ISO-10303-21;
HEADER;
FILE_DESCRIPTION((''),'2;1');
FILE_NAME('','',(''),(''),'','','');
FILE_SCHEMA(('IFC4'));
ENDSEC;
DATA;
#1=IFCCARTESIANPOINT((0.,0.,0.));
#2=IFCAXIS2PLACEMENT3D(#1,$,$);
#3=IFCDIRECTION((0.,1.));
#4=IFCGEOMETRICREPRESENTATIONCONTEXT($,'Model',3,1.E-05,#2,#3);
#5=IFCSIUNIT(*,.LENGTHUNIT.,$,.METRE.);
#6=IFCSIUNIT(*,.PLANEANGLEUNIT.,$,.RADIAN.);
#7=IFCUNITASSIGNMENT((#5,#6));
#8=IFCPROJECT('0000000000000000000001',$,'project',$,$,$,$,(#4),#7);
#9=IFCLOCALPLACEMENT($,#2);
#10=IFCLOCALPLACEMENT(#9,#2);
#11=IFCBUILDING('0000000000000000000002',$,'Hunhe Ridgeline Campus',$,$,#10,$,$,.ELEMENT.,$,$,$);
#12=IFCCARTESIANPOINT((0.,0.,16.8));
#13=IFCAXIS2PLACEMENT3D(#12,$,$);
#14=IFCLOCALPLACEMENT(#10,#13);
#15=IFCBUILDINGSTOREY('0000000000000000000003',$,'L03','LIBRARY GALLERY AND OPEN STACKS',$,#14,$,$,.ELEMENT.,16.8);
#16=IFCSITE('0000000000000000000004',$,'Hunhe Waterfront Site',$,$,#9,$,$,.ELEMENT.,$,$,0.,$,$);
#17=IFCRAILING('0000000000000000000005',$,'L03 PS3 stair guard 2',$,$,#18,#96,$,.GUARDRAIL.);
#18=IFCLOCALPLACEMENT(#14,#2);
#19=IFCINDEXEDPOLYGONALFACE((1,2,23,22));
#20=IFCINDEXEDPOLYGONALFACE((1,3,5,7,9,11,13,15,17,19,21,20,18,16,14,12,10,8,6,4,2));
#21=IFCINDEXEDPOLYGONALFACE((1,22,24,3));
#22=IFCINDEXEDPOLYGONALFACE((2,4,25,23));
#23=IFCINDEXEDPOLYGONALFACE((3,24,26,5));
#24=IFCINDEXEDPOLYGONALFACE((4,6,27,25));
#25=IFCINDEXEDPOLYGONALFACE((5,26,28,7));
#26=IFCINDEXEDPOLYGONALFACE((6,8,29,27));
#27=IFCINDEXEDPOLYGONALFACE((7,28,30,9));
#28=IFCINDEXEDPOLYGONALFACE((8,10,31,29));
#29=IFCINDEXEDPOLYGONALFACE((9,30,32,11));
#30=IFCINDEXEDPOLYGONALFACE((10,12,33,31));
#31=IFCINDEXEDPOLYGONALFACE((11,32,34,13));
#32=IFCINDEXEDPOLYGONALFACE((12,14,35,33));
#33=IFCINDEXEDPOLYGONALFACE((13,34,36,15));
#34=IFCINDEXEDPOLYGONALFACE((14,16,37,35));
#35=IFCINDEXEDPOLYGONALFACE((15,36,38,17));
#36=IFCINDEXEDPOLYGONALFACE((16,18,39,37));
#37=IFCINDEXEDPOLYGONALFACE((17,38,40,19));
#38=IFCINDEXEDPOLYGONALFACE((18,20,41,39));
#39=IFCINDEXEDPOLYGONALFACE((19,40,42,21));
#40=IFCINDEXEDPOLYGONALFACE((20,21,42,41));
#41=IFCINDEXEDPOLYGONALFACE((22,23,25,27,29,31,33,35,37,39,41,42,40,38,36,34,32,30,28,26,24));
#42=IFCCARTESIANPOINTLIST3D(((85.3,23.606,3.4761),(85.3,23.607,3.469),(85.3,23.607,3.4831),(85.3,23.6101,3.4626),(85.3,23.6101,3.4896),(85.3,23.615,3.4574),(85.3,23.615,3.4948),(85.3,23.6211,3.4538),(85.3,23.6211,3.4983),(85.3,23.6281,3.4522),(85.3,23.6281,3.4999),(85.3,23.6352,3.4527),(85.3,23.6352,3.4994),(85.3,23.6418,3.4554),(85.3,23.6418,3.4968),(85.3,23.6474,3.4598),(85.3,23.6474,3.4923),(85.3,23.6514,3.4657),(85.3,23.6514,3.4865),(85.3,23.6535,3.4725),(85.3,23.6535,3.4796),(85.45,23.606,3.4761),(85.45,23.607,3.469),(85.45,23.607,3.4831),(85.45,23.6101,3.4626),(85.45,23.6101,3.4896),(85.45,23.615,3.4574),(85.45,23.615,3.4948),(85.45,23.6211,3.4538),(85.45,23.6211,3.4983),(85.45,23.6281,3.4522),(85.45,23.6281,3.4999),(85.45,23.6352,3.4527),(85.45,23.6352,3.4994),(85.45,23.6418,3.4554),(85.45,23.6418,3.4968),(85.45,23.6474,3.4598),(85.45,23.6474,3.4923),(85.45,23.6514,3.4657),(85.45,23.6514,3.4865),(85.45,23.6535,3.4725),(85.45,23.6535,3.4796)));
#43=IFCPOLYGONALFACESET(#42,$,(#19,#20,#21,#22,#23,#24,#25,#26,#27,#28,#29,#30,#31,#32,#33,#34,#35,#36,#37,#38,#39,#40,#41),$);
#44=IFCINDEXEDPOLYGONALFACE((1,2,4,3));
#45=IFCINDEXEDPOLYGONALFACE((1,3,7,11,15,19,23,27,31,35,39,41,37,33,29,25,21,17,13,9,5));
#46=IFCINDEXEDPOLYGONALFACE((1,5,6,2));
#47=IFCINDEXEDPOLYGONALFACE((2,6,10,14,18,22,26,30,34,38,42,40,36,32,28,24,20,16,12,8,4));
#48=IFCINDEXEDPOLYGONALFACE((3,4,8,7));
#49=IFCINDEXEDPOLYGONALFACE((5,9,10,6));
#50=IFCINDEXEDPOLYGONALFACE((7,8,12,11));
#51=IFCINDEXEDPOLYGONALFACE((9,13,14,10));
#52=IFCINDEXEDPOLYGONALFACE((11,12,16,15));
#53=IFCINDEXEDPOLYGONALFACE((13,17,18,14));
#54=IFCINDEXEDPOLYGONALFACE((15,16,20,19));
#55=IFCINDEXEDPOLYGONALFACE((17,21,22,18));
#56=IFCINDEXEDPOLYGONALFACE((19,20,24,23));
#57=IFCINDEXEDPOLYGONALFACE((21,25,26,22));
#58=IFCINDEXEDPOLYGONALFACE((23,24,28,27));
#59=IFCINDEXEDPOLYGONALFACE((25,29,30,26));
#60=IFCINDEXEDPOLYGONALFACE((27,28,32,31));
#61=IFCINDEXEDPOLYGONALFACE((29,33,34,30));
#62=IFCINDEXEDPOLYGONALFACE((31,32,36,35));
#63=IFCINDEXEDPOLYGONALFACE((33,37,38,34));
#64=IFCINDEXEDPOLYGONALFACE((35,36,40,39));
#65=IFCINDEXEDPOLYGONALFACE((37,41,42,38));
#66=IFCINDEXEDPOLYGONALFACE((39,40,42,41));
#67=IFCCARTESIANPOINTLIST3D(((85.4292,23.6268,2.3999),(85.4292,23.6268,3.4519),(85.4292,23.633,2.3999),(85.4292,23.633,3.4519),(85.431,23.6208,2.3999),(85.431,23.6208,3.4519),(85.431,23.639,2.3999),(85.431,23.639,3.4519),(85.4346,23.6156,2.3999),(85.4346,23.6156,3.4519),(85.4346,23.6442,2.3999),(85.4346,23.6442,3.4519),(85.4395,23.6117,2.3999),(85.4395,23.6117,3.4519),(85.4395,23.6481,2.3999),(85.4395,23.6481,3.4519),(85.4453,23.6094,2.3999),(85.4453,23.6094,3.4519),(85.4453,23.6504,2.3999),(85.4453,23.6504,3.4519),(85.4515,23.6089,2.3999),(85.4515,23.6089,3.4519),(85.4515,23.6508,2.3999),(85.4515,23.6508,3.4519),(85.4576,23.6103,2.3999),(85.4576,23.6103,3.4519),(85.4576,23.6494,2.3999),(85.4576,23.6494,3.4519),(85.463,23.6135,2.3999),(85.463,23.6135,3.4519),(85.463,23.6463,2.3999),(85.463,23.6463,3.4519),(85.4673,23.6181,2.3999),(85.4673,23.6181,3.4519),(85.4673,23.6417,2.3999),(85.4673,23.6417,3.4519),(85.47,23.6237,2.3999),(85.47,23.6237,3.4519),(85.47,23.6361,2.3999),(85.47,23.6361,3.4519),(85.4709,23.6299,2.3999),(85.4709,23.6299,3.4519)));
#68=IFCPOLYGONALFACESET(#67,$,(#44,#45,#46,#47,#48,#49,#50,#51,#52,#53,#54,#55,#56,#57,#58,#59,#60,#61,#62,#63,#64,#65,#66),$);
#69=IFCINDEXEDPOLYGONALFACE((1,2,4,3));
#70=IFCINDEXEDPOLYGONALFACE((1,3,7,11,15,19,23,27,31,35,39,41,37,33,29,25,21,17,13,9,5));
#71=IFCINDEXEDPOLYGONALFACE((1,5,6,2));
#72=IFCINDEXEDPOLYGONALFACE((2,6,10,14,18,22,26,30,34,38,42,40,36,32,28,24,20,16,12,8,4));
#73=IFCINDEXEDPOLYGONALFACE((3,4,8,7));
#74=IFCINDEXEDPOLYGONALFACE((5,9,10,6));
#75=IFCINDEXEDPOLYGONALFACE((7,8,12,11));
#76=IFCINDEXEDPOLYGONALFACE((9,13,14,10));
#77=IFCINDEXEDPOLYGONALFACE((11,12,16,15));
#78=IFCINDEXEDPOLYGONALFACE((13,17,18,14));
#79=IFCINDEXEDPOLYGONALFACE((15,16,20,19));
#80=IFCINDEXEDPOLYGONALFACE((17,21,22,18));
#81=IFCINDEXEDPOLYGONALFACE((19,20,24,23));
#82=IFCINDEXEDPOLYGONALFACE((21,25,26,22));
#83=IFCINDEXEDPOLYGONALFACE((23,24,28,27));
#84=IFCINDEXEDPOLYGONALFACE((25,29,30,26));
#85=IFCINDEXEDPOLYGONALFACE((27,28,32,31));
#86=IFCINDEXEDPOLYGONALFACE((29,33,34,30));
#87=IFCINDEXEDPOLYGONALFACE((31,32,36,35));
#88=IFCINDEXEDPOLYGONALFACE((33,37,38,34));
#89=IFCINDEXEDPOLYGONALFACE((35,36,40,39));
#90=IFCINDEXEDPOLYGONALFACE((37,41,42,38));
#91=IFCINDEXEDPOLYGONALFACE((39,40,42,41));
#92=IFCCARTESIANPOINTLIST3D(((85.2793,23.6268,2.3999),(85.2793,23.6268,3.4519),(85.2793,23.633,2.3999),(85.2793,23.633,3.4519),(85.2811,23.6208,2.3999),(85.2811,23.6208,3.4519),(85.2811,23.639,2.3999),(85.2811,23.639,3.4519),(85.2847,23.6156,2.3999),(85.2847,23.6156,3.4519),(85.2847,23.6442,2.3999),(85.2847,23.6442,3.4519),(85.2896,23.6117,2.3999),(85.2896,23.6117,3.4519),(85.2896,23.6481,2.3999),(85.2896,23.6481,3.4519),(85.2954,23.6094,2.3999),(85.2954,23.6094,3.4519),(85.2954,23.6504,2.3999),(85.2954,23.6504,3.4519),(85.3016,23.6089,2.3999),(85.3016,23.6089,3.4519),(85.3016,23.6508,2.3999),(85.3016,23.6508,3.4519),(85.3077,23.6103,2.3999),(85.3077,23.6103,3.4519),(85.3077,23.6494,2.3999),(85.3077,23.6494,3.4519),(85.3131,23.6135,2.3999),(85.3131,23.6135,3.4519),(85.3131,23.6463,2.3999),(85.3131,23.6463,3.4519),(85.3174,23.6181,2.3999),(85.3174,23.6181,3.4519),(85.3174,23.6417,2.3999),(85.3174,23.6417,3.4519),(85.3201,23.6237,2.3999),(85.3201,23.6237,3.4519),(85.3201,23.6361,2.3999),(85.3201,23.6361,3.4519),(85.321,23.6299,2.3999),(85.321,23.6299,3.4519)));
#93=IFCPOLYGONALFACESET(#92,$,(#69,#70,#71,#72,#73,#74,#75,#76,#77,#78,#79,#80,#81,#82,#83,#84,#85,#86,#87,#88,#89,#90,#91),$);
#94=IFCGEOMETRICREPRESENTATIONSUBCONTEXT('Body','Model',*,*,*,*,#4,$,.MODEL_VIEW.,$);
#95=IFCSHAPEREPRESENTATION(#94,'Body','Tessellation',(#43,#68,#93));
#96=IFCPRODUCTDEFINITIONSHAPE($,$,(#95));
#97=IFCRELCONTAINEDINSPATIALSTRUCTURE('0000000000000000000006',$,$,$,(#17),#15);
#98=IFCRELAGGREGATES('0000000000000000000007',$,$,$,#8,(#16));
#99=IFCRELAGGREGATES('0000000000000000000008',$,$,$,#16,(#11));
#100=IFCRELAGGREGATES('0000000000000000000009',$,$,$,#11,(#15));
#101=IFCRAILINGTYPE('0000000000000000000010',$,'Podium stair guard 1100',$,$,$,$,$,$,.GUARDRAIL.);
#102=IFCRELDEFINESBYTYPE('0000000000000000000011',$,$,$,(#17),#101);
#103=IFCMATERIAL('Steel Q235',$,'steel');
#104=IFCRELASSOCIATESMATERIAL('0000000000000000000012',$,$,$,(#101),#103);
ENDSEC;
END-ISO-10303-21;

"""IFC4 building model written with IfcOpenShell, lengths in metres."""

from ifc_helpers import new_model, si_unit, direction, frame, origin, origin_2d, place, context, subcontext, project, spatial, circle, extrude, material, type_object, element, save


model = new_model("IFC4")

# Units and contexts
model_context = context("Model", 3, precision=1e-05, world=origin(), true_north=direction((0.0, 1.0)))
body_context = subcontext(model_context, "Body", "Model", "MODEL_VIEW")
ifc_project = project(units=[si_unit("LENGTHUNIT", "METRE"), si_unit("PLANEANGLEUNIT", "RADIAN")], contexts=[model_context])

# Site, building, storey
site_placement = place(None, origin())
site = spatial("IfcSite", under=ifc_project, at=site_placement, Name="Hunhe Waterfront Site", CompositionType="ELEMENT", RefElevation=0.0)
building_placement = place(site_placement, origin())
building = spatial("IfcBuilding", under=site, at=building_placement, Name="Hunhe Ridgeline Campus", CompositionType="ELEMENT")
storey_placement = place(building_placement, frame((0.0, 0.0, 16.8)))
storey = spatial("IfcBuildingStorey", under=building, at=storey_placement, Name="L03", Description="LIBRARY GALLERY AND OPEN STACKS", CompositionType="ELEMENT", Elevation=16.8)

# Railing
ifc_material_1 = material(Name="Steel Q235", Category="steel")
railing_type_1 = type_object("IfcRailingType", Name="Podium stair guard 1100", PredefinedType="GUARDRAIL", material=ifc_material_1)
railing_1_placement = place(storey_placement, frame((85.45, 23.6299, 2.3999)))
element("IfcRailing", 1, at=railing_1_placement, inside=storey, type_object=railing_type_1, Name="L03 PS3 stair guard 2", PredefinedType="GUARDRAIL", context=body_context, shape_type="SweptSolid", body=[
    extrude(circle(Radius=0.0239, at=origin_2d()), frame((0.0, 0.0, 1.0762), z_axis=(-1.0, 0.0, 0.0), x_axis=(0.0, -1.0, 0.0)), (0.0, 0.0, 1.0), 0.1499),
    extrude(circle(Radius=0.021, at=origin_2d()), origin(), (0.0, 0.0, 1.0), 1.052),
    extrude(circle(Radius=0.021, at=origin_2d()), frame((-0.1499, 0.0, 0.0)), (0.0, 0.0, 1.0), 1.052),
])

save(model, "model.ifc")
